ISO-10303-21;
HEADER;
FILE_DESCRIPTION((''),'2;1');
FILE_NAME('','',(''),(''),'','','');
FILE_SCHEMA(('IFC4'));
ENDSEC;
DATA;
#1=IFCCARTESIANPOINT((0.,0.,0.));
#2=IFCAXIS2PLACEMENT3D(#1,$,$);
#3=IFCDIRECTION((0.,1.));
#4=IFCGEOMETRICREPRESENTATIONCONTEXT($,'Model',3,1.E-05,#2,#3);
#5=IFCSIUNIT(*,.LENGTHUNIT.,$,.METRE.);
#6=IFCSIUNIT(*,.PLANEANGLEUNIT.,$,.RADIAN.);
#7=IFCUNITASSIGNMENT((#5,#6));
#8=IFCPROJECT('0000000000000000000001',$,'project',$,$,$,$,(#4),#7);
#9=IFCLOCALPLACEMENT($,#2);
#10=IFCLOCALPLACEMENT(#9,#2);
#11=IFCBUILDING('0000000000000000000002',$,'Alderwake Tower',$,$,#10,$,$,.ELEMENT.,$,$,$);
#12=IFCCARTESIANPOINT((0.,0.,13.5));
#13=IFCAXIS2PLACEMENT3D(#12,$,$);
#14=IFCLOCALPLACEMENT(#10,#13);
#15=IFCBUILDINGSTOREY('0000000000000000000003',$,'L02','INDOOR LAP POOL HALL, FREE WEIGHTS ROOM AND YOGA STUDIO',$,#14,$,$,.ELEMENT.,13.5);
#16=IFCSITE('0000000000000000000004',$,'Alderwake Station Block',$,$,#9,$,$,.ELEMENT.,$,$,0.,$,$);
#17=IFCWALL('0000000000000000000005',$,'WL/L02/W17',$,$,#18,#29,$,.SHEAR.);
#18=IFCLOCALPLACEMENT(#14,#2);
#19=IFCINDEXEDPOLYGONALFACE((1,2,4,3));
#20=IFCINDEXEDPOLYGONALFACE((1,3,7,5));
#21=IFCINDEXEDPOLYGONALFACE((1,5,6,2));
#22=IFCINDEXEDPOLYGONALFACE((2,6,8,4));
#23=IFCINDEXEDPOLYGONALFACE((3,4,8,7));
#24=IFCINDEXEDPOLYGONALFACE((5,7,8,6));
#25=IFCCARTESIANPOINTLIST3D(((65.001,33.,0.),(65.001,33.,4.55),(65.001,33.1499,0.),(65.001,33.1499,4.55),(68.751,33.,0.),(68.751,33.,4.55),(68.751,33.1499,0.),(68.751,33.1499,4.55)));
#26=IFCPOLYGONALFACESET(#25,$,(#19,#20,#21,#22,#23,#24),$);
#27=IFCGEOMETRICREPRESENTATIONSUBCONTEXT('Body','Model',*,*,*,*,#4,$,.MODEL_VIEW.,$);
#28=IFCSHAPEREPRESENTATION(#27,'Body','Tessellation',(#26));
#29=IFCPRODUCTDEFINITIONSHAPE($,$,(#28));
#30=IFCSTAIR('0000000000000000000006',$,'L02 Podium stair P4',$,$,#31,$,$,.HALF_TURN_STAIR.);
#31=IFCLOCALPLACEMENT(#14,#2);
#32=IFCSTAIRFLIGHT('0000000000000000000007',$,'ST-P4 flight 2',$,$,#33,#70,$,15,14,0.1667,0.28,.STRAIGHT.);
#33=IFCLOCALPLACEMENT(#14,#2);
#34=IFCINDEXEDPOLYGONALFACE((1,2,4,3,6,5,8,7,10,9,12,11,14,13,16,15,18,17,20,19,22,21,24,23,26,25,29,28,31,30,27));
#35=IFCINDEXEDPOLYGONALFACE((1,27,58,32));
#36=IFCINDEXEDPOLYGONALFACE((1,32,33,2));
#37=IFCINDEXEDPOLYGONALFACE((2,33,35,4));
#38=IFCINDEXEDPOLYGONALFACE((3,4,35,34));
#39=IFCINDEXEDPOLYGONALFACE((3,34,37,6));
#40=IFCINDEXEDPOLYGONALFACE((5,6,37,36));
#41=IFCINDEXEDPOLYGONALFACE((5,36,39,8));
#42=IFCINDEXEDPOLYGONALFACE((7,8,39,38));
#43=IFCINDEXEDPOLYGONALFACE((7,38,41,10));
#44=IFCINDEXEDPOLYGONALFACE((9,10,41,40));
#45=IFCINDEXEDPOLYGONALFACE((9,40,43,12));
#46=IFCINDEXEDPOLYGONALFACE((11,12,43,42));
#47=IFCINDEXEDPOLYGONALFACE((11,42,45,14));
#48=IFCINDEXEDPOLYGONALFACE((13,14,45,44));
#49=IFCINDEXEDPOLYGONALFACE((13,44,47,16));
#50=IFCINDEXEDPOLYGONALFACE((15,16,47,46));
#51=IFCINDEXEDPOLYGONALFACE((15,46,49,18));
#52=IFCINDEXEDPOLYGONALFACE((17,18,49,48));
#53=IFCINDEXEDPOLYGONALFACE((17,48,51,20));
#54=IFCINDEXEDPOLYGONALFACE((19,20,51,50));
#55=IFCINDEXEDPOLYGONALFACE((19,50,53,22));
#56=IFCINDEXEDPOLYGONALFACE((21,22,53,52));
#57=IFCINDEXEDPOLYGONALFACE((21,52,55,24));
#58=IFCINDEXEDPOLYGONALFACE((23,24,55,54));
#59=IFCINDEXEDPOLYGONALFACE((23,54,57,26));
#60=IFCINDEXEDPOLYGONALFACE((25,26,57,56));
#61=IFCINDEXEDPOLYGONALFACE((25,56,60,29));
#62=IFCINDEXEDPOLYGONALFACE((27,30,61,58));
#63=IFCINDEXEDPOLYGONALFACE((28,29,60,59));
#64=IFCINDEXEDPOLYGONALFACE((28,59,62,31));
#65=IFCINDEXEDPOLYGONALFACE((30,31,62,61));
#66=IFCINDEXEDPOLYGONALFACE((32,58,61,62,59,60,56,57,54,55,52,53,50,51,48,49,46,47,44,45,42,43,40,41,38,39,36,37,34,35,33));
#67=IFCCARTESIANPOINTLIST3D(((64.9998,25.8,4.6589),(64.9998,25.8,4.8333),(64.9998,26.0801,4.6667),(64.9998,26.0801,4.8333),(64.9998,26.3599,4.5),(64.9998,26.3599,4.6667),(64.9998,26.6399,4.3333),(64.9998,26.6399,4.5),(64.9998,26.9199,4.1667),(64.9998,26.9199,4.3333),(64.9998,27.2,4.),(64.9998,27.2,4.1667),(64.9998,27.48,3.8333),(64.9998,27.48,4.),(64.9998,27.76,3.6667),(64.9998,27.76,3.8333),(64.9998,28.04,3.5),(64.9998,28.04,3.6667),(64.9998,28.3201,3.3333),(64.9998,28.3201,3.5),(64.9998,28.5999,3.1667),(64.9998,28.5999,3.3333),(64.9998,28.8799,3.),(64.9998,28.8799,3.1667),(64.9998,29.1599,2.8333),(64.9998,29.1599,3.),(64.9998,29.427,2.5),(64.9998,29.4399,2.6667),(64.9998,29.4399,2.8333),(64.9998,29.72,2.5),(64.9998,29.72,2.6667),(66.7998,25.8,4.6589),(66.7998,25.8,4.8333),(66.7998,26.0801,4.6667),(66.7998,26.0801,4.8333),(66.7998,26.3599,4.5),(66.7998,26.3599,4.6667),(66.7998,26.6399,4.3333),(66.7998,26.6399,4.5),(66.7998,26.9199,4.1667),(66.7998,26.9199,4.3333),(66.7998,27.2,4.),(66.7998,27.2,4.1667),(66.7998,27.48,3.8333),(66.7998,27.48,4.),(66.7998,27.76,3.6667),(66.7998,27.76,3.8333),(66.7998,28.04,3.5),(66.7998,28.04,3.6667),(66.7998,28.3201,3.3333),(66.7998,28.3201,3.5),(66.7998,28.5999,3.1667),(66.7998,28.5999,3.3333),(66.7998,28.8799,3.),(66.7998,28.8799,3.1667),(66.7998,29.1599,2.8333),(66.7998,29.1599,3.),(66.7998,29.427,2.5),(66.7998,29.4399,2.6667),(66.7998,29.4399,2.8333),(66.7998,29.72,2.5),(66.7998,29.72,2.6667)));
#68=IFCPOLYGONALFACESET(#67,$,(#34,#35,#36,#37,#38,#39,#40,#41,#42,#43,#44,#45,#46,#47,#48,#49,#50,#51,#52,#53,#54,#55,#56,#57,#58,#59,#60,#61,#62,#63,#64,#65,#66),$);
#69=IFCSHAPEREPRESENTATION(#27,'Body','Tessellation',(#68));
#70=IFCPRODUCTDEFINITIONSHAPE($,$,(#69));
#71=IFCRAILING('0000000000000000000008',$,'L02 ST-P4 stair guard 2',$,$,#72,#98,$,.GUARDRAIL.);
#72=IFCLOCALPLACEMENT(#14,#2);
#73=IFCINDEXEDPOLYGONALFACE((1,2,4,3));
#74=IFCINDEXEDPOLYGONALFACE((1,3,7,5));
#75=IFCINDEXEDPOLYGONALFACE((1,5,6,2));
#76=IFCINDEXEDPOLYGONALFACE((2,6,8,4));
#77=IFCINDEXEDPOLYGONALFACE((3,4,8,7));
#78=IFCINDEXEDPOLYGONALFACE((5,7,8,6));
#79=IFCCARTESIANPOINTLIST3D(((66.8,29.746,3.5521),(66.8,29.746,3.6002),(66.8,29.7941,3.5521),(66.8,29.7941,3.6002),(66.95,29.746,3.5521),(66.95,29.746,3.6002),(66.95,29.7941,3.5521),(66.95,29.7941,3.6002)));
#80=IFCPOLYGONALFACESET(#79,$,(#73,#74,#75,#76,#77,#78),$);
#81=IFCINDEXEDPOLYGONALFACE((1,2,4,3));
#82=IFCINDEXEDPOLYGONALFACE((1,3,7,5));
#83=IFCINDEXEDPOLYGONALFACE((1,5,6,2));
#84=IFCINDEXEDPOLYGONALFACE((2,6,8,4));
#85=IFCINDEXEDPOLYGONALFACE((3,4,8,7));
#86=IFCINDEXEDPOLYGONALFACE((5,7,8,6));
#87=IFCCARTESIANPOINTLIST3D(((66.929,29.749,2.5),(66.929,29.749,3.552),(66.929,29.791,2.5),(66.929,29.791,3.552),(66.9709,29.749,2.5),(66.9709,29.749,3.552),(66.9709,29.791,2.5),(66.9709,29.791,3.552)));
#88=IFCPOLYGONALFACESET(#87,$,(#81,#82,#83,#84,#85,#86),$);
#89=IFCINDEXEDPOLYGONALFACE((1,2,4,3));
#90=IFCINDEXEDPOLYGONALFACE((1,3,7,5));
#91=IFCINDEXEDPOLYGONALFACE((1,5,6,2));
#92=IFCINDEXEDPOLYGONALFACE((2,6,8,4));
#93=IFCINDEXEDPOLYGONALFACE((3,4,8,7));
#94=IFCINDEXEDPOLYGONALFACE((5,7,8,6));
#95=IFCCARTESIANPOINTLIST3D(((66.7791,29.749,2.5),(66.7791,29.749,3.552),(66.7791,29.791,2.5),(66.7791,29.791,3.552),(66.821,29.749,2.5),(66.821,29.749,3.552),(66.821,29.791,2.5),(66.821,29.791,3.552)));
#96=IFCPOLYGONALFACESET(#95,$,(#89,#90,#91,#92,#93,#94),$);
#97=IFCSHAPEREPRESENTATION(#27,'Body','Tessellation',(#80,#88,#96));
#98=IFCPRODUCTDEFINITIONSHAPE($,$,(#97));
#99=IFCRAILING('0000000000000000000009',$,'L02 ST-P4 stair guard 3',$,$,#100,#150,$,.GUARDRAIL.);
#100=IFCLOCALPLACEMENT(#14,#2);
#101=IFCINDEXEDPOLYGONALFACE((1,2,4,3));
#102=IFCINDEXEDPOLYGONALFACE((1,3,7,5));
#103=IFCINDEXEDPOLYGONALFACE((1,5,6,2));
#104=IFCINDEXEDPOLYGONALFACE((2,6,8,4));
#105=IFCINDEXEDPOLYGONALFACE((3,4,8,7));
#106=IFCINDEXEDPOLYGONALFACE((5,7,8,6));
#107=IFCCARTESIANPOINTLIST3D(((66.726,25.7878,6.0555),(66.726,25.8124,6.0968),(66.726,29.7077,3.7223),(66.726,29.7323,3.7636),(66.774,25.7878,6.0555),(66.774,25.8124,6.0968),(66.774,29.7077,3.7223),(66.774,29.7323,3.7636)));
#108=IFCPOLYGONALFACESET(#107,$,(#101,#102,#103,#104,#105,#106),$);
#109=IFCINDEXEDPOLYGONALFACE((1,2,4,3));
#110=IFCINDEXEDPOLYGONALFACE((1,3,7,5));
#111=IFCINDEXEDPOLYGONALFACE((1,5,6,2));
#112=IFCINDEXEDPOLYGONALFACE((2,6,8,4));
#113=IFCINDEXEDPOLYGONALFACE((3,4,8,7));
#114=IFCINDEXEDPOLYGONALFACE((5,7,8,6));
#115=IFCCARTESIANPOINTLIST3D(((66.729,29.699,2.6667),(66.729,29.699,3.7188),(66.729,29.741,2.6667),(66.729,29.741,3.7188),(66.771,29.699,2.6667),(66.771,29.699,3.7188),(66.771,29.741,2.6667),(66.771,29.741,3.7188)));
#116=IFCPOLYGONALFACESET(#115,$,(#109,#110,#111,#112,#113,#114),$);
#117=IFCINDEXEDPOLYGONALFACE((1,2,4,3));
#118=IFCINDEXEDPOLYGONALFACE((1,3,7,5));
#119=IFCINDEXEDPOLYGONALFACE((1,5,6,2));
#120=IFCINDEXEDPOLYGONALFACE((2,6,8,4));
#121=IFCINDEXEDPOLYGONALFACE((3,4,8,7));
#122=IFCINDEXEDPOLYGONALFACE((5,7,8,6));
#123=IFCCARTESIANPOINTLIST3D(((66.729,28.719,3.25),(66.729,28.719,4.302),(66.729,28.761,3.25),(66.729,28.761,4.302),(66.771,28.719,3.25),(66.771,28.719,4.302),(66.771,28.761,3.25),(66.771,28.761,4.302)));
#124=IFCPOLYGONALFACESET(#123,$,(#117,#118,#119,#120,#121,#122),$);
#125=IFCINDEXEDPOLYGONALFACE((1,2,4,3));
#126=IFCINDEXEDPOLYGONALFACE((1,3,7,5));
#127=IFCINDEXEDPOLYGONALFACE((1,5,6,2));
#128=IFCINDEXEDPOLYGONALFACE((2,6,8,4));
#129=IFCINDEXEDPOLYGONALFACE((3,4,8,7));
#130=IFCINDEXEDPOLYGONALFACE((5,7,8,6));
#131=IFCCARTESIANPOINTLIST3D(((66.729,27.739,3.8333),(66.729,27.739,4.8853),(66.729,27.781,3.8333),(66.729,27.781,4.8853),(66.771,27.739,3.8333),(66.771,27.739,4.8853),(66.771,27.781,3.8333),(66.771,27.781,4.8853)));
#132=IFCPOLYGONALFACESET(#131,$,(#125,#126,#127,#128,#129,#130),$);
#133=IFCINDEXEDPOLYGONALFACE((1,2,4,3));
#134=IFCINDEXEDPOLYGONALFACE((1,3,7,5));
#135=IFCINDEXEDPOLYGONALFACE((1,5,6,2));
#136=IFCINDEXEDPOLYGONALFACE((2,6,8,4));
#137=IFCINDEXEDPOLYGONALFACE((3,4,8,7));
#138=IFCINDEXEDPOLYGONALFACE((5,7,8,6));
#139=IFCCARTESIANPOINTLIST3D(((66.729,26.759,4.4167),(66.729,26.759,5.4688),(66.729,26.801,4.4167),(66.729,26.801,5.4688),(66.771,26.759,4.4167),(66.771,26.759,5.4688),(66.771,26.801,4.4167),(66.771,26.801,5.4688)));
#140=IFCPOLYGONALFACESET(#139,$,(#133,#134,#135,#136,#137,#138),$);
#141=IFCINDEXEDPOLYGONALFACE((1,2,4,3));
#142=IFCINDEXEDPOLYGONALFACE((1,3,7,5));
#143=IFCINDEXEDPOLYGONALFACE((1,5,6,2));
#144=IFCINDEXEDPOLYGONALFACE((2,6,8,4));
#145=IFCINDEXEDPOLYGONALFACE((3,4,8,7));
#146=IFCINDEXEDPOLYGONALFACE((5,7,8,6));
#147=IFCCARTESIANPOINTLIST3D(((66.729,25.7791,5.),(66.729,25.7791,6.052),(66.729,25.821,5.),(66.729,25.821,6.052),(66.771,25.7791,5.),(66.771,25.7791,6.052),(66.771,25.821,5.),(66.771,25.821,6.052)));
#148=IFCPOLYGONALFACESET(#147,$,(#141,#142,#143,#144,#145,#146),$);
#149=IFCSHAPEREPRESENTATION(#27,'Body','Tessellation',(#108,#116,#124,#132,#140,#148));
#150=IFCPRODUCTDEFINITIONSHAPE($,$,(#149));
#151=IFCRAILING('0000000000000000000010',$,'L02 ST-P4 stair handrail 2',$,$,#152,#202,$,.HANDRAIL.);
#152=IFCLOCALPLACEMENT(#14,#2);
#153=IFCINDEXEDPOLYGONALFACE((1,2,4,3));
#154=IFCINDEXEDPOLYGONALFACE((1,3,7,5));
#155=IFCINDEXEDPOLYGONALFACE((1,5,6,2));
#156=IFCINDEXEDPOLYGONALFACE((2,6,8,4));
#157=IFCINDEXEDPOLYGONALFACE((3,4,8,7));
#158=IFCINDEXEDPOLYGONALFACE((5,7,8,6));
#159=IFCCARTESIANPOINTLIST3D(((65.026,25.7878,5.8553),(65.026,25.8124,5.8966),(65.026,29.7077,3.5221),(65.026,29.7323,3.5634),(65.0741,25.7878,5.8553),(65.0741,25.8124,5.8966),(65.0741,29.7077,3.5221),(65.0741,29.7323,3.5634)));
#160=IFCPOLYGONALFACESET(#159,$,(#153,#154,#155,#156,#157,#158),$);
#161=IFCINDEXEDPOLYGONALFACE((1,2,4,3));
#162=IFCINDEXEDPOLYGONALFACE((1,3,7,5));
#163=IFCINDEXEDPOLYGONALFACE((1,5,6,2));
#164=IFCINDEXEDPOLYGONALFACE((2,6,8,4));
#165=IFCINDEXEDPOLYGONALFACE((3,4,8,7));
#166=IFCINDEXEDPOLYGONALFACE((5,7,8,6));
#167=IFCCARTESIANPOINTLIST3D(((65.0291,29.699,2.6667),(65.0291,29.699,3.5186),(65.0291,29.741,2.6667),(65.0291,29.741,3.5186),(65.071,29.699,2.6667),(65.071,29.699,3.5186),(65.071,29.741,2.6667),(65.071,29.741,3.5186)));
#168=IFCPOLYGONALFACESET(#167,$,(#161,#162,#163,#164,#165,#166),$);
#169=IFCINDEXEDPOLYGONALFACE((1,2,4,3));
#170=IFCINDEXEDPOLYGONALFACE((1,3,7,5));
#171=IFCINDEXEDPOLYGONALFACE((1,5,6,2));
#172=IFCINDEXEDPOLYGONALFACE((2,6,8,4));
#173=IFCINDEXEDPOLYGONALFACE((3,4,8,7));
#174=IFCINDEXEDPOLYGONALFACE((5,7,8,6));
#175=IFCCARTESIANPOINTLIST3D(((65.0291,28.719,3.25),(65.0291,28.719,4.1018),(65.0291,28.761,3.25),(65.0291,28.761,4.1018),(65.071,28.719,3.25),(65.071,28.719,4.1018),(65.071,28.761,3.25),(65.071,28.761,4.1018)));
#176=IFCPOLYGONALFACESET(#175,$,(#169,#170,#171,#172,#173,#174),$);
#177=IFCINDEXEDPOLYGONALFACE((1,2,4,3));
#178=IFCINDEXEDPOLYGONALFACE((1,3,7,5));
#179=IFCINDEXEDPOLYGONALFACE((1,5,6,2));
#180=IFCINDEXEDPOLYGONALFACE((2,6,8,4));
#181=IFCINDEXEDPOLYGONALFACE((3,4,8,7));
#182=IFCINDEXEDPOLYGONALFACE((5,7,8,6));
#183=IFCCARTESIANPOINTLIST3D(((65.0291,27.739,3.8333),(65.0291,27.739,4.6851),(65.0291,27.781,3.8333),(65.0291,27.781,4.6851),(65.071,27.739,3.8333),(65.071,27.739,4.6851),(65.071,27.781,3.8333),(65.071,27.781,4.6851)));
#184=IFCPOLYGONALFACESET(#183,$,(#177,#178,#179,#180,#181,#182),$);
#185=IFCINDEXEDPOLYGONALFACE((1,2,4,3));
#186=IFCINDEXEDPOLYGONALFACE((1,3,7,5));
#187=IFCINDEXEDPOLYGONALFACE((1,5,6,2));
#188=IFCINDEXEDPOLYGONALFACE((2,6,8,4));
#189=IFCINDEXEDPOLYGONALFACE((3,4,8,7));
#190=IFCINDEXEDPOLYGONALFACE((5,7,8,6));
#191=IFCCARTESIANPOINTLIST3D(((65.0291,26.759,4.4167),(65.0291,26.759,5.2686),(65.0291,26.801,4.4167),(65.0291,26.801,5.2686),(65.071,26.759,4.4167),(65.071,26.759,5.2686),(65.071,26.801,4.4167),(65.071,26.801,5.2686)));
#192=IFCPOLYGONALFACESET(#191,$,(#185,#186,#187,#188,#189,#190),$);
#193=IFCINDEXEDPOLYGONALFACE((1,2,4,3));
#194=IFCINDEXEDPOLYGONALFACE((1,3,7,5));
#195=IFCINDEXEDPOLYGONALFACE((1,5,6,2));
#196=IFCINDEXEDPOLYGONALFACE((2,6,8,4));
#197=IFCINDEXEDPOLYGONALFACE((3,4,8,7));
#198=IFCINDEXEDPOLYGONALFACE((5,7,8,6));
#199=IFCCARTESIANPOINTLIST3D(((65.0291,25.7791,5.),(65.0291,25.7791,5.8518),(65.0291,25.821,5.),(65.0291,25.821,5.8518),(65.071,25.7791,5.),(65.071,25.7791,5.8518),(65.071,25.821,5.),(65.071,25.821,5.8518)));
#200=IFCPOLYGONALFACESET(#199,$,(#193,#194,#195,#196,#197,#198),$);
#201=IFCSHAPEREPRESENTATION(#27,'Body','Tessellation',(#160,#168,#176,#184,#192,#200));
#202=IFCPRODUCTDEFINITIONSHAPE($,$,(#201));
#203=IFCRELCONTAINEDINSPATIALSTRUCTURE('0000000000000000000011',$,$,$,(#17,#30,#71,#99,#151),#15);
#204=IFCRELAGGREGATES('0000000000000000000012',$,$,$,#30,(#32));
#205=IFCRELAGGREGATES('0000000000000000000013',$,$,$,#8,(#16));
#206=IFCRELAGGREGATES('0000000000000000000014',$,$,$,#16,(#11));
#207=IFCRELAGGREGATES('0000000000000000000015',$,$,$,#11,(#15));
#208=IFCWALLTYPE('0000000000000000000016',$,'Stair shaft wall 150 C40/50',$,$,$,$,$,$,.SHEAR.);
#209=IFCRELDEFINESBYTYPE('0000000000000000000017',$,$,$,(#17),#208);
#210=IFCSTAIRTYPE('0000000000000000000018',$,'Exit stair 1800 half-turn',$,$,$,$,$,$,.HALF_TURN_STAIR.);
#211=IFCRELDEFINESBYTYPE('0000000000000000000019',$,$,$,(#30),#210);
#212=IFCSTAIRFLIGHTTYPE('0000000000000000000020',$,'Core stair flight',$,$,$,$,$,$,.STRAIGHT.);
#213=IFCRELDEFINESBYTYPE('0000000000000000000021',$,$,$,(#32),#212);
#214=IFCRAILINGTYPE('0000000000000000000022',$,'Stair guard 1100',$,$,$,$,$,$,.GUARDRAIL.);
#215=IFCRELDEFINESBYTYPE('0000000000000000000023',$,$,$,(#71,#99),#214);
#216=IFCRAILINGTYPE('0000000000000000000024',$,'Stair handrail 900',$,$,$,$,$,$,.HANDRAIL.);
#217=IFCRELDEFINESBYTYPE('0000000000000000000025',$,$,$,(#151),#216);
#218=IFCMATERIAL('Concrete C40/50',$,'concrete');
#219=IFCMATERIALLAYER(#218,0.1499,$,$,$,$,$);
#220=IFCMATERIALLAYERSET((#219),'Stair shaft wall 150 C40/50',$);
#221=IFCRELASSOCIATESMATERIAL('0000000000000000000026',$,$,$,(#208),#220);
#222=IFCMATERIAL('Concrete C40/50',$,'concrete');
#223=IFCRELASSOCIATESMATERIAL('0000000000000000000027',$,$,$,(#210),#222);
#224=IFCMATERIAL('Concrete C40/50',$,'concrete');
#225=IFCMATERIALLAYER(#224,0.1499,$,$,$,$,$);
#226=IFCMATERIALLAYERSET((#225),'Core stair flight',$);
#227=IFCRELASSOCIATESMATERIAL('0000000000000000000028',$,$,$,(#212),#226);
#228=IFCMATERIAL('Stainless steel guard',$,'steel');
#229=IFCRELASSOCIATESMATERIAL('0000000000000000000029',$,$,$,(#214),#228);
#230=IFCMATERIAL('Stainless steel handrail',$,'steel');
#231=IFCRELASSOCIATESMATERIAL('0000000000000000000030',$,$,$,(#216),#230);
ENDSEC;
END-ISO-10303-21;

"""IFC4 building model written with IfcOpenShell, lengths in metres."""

from ifc_helpers import new_model, si_unit, direction, frame, frame_2d, origin, origin_2d, place, context, subcontext, project, spatial, polyline, rectangle, outline, extrude, material, layer, layer_set, type_object, element, aggregate, save


model = new_model("IFC4")

# Units and contexts
model_context = context("Model", 3, precision=1e-05, world=origin(), true_north=direction((0.0, 1.0)))
body_context = subcontext(model_context, "Body", "Model", "MODEL_VIEW")
ifc_project = project(units=[si_unit("LENGTHUNIT", "METRE"), si_unit("PLANEANGLEUNIT", "RADIAN")], contexts=[model_context])

# Site, building, storey
site_placement = place(None, origin())
site = spatial("IfcSite", under=ifc_project, at=site_placement, Name="Alderwake Station Block", CompositionType="ELEMENT", RefElevation=0.0)
building_placement = place(site_placement, origin())
building = spatial("IfcBuilding", under=site, at=building_placement, Name="Alderwake Tower", CompositionType="ELEMENT")
storey_placement = place(building_placement, frame((0.0, 0.0, 13.5)))
storey = spatial("IfcBuildingStorey", under=building, at=storey_placement, Name="L02", Description="INDOOR LAP POOL HALL, FREE WEIGHTS ROOM AND YOGA STUDIO", CompositionType="ELEMENT", Elevation=13.5)

# Wall
ifc_material_1 = material(Name="Concrete C40/50", Category="concrete")
ifc_layer_1 = layer(ifc_material_1, 0.1499)
ifc_layer_set_1 = layer_set([ifc_layer_1], Name="Stair shaft wall 150 C40/50")
wall_type_1 = type_object("IfcWallType", Name="Stair shaft wall 150 C40/50", PredefinedType="SHEAR", material=ifc_layer_set_1)
wall_1_placement = place(storey_placement, frame((68.751, 33.075, 0.0), z_axis=(0.0, 0.0, 1.0), x_axis=(-1.0, 0.0, 0.0)))
element("IfcWall", 1, at=wall_1_placement, inside=storey, type_object=wall_type_1, Name="WL/L02/W17", PredefinedType="SHEAR", context=body_context, shape_type="SweptSolid", body=[
    extrude(rectangle(XDim=3.75, YDim=0.1499, at=frame_2d((1.875, 0.0))), origin(), (0.0, 0.0, 1.0), 4.55),
])

# Stair, stair flight
ifc_material_2 = material(Name="Concrete C40/50", Category="concrete")
stair_type = type_object("IfcStairType", Name="Exit stair 1800 half-turn", PredefinedType="HALF_TURN_STAIR", material=ifc_material_2)
stair_placement = place(storey_placement, origin())
stair = element("IfcStair", 2, at=stair_placement, inside=storey, type_object=stair_type, Name="L02 Podium stair P4", PredefinedType="HALF_TURN_STAIR")
ifc_material_3 = material(Name="Concrete C40/50", Category="concrete")
ifc_layer_2 = layer(ifc_material_3, 0.1499)
ifc_layer_set_2 = layer_set([ifc_layer_2], Name="Core stair flight")
stair_flight_type = type_object("IfcStairFlightType", Name="Core stair flight", PredefinedType="STRAIGHT", material=ifc_layer_set_2)
stair_flight_placement = place(storey_placement, frame((65.8999, 29.72, 2.5), z_axis=(0.0, 0.0, 1.0), x_axis=(0.0, -1.0, 0.0)))
stair_flight = element("IfcStairFlight", 3, at=stair_flight_placement, type_object=stair_flight_type, Name="ST-P4 flight 2", NumberOfRisers=15, NumberOfTreads=14, PredefinedType="STRAIGHT", RiserHeight=0.1667, TreadLength=0.28, context=body_context, shape_type="SweptSolid", body=[
    extrude(outline(polyline([(0.0, 0.0), (0.0, 0.1667), (0.28, 0.1667), (0.28, 0.3333), (0.5601, 0.3333), (0.5601, 0.5), (0.8401, 0.5), (0.8401, 0.6667), (1.1201, 0.6667), (1.1201, 0.8333), (1.3999, 0.8333), (1.3999, 1.0), (1.6799, 1.0), (1.6799, 1.1667), (1.96, 1.1667), (1.96, 1.3333), (2.24, 1.3333), (2.24, 1.5), (2.52, 1.5), (2.52, 1.6667), (2.8, 1.6667), (2.8, 1.8333), (3.0801, 1.8333), (3.0801, 2.0), (3.3601, 2.0), (3.3601, 2.1667), (3.6399, 2.1667), (3.6399, 2.3333), (3.9199, 2.3333), (3.9199, 2.5), (3.9199, 2.1589), (0.293, 0.0), (0.0, 0.0)])), frame((0.0, 0.8999, 0.0), z_axis=(0.0, -1.0, 0.0), x_axis=(1.0, 0.0, 0.0)), (0.0, 0.0, 1.0), 1.8),
])
aggregate(stair, [stair_flight])

# Railings
ifc_material_4 = material(Name="Stainless steel guard", Category="steel")
railing_type_1 = type_object("IfcRailingType", Name="Stair guard 1100", PredefinedType="GUARDRAIL", material=ifc_material_4)
railing_1_placement = place(storey_placement, frame((66.95, 29.77, 2.5)))
element("IfcRailing", 4, at=railing_1_placement, inside=storey, type_object=railing_type_1, Name="L02 ST-P4 stair guard 2", PredefinedType="GUARDRAIL", context=body_context, shape_type="SweptSolid", body=[
    extrude(rectangle(XDim=0.0481, YDim=0.0481, at=origin_2d()), frame((0.0, 0.0, 1.0762), z_axis=(-1.0, 0.0, 0.0), x_axis=(0.0, -1.0, 0.0)), (0.0, 0.0, 1.0), 0.1499),
    extrude(rectangle(XDim=0.042, YDim=0.042, at=origin_2d()), frame((0.0, 0.0, 0.0), z_axis=(0.0, 0.0, 1.0), x_axis=(-1.0, 0.0, 0.0)), (0.0, 0.0, 1.0), 1.052),
    extrude(rectangle(XDim=0.042, YDim=0.042, at=origin_2d()), frame((-0.1499, 0.0, 0.0), z_axis=(0.0, 0.0, 1.0), x_axis=(-1.0, 0.0, 0.0)), (0.0, 0.0, 1.0), 1.052),
])
railing_2_placement = place(storey_placement, frame((66.75, 29.72, 2.6667)))
element("IfcRailing", 5, at=railing_2_placement, inside=storey, type_object=railing_type_1, Name="L02 ST-P4 stair guard 3", PredefinedType="GUARDRAIL", context=body_context, shape_type="SweptSolid", body=[
    extrude(rectangle(XDim=0.0481, YDim=0.0481, at=origin_2d()), frame((0.0, 0.0, 1.0762), z_axis=(0.0, -0.859296, 0.511478), x_axis=(1.0, 0.0, 0.0)), (0.0, 0.0, 1.0), 4.5618),
    extrude(rectangle(XDim=0.042, YDim=0.042, at=origin_2d()), frame((0.0, 0.0, 0.0), z_axis=(0.0, 0.0, 1.0), x_axis=(0.0, -1.0, 0.0)), (0.0, 0.0, 1.0), 1.052),
    extrude(rectangle(XDim=0.042, YDim=0.042, at=origin_2d()), frame((0.0, -0.98, 0.5833), z_axis=(0.0, 0.0, 1.0), x_axis=(0.0, -1.0, 0.0)), (0.0, 0.0, 1.0), 1.052),
    extrude(rectangle(XDim=0.042, YDim=0.042, at=origin_2d()), frame((0.0, -1.96, 1.1665), z_axis=(0.0, 0.0, 1.0), x_axis=(0.0, -1.0, 0.0)), (0.0, 0.0, 1.0), 1.052),
    extrude(rectangle(XDim=0.042, YDim=0.042, at=origin_2d()), frame((0.0, -2.9399, 1.75), z_axis=(0.0, 0.0, 1.0), x_axis=(0.0, -1.0, 0.0)), (0.0, 0.0, 1.0), 1.052),
    extrude(rectangle(XDim=0.042, YDim=0.042, at=origin_2d()), frame((0.0, -3.9199, 2.3333), z_axis=(0.0, 0.0, 1.0), x_axis=(0.0, -1.0, 0.0)), (0.0, 0.0, 1.0), 1.052),
])
ifc_material_5 = material(Name="Stainless steel handrail", Category="steel")
railing_type_2 = type_object("IfcRailingType", Name="Stair handrail 900", PredefinedType="HANDRAIL", material=ifc_material_5)
railing_3_placement = place(storey_placement, frame((65.05, 29.72, 2.6667)))
element("IfcRailing", 6, at=railing_3_placement, inside=storey, type_object=railing_type_2, Name="L02 ST-P4 stair handrail 2", PredefinedType="HANDRAIL", context=body_context, shape_type="SweptSolid", body=[
    extrude(rectangle(XDim=0.0481, YDim=0.0481, at=origin_2d()), frame((0.0, 0.0, 0.876), z_axis=(0.0, -0.859296, 0.511478), x_axis=(1.0, 0.0, 0.0)), (0.0, 0.0, 1.0), 4.5618),
    extrude(rectangle(XDim=0.042, YDim=0.042, at=origin_2d()), frame((0.0, 0.0, 0.0), z_axis=(0.0, 0.0, 1.0), x_axis=(0.0, -1.0, 0.0)), (0.0, 0.0, 1.0), 0.8518),
    extrude(rectangle(XDim=0.042, YDim=0.042, at=origin_2d()), frame((0.0, -0.98, 0.5833), z_axis=(0.0, 0.0, 1.0), x_axis=(0.0, -1.0, 0.0)), (0.0, 0.0, 1.0), 0.8518),
    extrude(rectangle(XDim=0.042, YDim=0.042, at=origin_2d()), frame((0.0, -1.96, 1.1665), z_axis=(0.0, 0.0, 1.0), x_axis=(0.0, -1.0, 0.0)), (0.0, 0.0, 1.0), 0.8518),
    extrude(rectangle(XDim=0.042, YDim=0.042, at=origin_2d()), frame((0.0, -2.9399, 1.75), z_axis=(0.0, 0.0, 1.0), x_axis=(0.0, -1.0, 0.0)), (0.0, 0.0, 1.0), 0.8518),
    extrude(rectangle(XDim=0.042, YDim=0.042, at=origin_2d()), frame((0.0, -3.9199, 2.3333), z_axis=(0.0, 0.0, 1.0), x_axis=(0.0, -1.0, 0.0)), (0.0, 0.0, 1.0), 0.8518),
])

save(model, "model.ifc")
